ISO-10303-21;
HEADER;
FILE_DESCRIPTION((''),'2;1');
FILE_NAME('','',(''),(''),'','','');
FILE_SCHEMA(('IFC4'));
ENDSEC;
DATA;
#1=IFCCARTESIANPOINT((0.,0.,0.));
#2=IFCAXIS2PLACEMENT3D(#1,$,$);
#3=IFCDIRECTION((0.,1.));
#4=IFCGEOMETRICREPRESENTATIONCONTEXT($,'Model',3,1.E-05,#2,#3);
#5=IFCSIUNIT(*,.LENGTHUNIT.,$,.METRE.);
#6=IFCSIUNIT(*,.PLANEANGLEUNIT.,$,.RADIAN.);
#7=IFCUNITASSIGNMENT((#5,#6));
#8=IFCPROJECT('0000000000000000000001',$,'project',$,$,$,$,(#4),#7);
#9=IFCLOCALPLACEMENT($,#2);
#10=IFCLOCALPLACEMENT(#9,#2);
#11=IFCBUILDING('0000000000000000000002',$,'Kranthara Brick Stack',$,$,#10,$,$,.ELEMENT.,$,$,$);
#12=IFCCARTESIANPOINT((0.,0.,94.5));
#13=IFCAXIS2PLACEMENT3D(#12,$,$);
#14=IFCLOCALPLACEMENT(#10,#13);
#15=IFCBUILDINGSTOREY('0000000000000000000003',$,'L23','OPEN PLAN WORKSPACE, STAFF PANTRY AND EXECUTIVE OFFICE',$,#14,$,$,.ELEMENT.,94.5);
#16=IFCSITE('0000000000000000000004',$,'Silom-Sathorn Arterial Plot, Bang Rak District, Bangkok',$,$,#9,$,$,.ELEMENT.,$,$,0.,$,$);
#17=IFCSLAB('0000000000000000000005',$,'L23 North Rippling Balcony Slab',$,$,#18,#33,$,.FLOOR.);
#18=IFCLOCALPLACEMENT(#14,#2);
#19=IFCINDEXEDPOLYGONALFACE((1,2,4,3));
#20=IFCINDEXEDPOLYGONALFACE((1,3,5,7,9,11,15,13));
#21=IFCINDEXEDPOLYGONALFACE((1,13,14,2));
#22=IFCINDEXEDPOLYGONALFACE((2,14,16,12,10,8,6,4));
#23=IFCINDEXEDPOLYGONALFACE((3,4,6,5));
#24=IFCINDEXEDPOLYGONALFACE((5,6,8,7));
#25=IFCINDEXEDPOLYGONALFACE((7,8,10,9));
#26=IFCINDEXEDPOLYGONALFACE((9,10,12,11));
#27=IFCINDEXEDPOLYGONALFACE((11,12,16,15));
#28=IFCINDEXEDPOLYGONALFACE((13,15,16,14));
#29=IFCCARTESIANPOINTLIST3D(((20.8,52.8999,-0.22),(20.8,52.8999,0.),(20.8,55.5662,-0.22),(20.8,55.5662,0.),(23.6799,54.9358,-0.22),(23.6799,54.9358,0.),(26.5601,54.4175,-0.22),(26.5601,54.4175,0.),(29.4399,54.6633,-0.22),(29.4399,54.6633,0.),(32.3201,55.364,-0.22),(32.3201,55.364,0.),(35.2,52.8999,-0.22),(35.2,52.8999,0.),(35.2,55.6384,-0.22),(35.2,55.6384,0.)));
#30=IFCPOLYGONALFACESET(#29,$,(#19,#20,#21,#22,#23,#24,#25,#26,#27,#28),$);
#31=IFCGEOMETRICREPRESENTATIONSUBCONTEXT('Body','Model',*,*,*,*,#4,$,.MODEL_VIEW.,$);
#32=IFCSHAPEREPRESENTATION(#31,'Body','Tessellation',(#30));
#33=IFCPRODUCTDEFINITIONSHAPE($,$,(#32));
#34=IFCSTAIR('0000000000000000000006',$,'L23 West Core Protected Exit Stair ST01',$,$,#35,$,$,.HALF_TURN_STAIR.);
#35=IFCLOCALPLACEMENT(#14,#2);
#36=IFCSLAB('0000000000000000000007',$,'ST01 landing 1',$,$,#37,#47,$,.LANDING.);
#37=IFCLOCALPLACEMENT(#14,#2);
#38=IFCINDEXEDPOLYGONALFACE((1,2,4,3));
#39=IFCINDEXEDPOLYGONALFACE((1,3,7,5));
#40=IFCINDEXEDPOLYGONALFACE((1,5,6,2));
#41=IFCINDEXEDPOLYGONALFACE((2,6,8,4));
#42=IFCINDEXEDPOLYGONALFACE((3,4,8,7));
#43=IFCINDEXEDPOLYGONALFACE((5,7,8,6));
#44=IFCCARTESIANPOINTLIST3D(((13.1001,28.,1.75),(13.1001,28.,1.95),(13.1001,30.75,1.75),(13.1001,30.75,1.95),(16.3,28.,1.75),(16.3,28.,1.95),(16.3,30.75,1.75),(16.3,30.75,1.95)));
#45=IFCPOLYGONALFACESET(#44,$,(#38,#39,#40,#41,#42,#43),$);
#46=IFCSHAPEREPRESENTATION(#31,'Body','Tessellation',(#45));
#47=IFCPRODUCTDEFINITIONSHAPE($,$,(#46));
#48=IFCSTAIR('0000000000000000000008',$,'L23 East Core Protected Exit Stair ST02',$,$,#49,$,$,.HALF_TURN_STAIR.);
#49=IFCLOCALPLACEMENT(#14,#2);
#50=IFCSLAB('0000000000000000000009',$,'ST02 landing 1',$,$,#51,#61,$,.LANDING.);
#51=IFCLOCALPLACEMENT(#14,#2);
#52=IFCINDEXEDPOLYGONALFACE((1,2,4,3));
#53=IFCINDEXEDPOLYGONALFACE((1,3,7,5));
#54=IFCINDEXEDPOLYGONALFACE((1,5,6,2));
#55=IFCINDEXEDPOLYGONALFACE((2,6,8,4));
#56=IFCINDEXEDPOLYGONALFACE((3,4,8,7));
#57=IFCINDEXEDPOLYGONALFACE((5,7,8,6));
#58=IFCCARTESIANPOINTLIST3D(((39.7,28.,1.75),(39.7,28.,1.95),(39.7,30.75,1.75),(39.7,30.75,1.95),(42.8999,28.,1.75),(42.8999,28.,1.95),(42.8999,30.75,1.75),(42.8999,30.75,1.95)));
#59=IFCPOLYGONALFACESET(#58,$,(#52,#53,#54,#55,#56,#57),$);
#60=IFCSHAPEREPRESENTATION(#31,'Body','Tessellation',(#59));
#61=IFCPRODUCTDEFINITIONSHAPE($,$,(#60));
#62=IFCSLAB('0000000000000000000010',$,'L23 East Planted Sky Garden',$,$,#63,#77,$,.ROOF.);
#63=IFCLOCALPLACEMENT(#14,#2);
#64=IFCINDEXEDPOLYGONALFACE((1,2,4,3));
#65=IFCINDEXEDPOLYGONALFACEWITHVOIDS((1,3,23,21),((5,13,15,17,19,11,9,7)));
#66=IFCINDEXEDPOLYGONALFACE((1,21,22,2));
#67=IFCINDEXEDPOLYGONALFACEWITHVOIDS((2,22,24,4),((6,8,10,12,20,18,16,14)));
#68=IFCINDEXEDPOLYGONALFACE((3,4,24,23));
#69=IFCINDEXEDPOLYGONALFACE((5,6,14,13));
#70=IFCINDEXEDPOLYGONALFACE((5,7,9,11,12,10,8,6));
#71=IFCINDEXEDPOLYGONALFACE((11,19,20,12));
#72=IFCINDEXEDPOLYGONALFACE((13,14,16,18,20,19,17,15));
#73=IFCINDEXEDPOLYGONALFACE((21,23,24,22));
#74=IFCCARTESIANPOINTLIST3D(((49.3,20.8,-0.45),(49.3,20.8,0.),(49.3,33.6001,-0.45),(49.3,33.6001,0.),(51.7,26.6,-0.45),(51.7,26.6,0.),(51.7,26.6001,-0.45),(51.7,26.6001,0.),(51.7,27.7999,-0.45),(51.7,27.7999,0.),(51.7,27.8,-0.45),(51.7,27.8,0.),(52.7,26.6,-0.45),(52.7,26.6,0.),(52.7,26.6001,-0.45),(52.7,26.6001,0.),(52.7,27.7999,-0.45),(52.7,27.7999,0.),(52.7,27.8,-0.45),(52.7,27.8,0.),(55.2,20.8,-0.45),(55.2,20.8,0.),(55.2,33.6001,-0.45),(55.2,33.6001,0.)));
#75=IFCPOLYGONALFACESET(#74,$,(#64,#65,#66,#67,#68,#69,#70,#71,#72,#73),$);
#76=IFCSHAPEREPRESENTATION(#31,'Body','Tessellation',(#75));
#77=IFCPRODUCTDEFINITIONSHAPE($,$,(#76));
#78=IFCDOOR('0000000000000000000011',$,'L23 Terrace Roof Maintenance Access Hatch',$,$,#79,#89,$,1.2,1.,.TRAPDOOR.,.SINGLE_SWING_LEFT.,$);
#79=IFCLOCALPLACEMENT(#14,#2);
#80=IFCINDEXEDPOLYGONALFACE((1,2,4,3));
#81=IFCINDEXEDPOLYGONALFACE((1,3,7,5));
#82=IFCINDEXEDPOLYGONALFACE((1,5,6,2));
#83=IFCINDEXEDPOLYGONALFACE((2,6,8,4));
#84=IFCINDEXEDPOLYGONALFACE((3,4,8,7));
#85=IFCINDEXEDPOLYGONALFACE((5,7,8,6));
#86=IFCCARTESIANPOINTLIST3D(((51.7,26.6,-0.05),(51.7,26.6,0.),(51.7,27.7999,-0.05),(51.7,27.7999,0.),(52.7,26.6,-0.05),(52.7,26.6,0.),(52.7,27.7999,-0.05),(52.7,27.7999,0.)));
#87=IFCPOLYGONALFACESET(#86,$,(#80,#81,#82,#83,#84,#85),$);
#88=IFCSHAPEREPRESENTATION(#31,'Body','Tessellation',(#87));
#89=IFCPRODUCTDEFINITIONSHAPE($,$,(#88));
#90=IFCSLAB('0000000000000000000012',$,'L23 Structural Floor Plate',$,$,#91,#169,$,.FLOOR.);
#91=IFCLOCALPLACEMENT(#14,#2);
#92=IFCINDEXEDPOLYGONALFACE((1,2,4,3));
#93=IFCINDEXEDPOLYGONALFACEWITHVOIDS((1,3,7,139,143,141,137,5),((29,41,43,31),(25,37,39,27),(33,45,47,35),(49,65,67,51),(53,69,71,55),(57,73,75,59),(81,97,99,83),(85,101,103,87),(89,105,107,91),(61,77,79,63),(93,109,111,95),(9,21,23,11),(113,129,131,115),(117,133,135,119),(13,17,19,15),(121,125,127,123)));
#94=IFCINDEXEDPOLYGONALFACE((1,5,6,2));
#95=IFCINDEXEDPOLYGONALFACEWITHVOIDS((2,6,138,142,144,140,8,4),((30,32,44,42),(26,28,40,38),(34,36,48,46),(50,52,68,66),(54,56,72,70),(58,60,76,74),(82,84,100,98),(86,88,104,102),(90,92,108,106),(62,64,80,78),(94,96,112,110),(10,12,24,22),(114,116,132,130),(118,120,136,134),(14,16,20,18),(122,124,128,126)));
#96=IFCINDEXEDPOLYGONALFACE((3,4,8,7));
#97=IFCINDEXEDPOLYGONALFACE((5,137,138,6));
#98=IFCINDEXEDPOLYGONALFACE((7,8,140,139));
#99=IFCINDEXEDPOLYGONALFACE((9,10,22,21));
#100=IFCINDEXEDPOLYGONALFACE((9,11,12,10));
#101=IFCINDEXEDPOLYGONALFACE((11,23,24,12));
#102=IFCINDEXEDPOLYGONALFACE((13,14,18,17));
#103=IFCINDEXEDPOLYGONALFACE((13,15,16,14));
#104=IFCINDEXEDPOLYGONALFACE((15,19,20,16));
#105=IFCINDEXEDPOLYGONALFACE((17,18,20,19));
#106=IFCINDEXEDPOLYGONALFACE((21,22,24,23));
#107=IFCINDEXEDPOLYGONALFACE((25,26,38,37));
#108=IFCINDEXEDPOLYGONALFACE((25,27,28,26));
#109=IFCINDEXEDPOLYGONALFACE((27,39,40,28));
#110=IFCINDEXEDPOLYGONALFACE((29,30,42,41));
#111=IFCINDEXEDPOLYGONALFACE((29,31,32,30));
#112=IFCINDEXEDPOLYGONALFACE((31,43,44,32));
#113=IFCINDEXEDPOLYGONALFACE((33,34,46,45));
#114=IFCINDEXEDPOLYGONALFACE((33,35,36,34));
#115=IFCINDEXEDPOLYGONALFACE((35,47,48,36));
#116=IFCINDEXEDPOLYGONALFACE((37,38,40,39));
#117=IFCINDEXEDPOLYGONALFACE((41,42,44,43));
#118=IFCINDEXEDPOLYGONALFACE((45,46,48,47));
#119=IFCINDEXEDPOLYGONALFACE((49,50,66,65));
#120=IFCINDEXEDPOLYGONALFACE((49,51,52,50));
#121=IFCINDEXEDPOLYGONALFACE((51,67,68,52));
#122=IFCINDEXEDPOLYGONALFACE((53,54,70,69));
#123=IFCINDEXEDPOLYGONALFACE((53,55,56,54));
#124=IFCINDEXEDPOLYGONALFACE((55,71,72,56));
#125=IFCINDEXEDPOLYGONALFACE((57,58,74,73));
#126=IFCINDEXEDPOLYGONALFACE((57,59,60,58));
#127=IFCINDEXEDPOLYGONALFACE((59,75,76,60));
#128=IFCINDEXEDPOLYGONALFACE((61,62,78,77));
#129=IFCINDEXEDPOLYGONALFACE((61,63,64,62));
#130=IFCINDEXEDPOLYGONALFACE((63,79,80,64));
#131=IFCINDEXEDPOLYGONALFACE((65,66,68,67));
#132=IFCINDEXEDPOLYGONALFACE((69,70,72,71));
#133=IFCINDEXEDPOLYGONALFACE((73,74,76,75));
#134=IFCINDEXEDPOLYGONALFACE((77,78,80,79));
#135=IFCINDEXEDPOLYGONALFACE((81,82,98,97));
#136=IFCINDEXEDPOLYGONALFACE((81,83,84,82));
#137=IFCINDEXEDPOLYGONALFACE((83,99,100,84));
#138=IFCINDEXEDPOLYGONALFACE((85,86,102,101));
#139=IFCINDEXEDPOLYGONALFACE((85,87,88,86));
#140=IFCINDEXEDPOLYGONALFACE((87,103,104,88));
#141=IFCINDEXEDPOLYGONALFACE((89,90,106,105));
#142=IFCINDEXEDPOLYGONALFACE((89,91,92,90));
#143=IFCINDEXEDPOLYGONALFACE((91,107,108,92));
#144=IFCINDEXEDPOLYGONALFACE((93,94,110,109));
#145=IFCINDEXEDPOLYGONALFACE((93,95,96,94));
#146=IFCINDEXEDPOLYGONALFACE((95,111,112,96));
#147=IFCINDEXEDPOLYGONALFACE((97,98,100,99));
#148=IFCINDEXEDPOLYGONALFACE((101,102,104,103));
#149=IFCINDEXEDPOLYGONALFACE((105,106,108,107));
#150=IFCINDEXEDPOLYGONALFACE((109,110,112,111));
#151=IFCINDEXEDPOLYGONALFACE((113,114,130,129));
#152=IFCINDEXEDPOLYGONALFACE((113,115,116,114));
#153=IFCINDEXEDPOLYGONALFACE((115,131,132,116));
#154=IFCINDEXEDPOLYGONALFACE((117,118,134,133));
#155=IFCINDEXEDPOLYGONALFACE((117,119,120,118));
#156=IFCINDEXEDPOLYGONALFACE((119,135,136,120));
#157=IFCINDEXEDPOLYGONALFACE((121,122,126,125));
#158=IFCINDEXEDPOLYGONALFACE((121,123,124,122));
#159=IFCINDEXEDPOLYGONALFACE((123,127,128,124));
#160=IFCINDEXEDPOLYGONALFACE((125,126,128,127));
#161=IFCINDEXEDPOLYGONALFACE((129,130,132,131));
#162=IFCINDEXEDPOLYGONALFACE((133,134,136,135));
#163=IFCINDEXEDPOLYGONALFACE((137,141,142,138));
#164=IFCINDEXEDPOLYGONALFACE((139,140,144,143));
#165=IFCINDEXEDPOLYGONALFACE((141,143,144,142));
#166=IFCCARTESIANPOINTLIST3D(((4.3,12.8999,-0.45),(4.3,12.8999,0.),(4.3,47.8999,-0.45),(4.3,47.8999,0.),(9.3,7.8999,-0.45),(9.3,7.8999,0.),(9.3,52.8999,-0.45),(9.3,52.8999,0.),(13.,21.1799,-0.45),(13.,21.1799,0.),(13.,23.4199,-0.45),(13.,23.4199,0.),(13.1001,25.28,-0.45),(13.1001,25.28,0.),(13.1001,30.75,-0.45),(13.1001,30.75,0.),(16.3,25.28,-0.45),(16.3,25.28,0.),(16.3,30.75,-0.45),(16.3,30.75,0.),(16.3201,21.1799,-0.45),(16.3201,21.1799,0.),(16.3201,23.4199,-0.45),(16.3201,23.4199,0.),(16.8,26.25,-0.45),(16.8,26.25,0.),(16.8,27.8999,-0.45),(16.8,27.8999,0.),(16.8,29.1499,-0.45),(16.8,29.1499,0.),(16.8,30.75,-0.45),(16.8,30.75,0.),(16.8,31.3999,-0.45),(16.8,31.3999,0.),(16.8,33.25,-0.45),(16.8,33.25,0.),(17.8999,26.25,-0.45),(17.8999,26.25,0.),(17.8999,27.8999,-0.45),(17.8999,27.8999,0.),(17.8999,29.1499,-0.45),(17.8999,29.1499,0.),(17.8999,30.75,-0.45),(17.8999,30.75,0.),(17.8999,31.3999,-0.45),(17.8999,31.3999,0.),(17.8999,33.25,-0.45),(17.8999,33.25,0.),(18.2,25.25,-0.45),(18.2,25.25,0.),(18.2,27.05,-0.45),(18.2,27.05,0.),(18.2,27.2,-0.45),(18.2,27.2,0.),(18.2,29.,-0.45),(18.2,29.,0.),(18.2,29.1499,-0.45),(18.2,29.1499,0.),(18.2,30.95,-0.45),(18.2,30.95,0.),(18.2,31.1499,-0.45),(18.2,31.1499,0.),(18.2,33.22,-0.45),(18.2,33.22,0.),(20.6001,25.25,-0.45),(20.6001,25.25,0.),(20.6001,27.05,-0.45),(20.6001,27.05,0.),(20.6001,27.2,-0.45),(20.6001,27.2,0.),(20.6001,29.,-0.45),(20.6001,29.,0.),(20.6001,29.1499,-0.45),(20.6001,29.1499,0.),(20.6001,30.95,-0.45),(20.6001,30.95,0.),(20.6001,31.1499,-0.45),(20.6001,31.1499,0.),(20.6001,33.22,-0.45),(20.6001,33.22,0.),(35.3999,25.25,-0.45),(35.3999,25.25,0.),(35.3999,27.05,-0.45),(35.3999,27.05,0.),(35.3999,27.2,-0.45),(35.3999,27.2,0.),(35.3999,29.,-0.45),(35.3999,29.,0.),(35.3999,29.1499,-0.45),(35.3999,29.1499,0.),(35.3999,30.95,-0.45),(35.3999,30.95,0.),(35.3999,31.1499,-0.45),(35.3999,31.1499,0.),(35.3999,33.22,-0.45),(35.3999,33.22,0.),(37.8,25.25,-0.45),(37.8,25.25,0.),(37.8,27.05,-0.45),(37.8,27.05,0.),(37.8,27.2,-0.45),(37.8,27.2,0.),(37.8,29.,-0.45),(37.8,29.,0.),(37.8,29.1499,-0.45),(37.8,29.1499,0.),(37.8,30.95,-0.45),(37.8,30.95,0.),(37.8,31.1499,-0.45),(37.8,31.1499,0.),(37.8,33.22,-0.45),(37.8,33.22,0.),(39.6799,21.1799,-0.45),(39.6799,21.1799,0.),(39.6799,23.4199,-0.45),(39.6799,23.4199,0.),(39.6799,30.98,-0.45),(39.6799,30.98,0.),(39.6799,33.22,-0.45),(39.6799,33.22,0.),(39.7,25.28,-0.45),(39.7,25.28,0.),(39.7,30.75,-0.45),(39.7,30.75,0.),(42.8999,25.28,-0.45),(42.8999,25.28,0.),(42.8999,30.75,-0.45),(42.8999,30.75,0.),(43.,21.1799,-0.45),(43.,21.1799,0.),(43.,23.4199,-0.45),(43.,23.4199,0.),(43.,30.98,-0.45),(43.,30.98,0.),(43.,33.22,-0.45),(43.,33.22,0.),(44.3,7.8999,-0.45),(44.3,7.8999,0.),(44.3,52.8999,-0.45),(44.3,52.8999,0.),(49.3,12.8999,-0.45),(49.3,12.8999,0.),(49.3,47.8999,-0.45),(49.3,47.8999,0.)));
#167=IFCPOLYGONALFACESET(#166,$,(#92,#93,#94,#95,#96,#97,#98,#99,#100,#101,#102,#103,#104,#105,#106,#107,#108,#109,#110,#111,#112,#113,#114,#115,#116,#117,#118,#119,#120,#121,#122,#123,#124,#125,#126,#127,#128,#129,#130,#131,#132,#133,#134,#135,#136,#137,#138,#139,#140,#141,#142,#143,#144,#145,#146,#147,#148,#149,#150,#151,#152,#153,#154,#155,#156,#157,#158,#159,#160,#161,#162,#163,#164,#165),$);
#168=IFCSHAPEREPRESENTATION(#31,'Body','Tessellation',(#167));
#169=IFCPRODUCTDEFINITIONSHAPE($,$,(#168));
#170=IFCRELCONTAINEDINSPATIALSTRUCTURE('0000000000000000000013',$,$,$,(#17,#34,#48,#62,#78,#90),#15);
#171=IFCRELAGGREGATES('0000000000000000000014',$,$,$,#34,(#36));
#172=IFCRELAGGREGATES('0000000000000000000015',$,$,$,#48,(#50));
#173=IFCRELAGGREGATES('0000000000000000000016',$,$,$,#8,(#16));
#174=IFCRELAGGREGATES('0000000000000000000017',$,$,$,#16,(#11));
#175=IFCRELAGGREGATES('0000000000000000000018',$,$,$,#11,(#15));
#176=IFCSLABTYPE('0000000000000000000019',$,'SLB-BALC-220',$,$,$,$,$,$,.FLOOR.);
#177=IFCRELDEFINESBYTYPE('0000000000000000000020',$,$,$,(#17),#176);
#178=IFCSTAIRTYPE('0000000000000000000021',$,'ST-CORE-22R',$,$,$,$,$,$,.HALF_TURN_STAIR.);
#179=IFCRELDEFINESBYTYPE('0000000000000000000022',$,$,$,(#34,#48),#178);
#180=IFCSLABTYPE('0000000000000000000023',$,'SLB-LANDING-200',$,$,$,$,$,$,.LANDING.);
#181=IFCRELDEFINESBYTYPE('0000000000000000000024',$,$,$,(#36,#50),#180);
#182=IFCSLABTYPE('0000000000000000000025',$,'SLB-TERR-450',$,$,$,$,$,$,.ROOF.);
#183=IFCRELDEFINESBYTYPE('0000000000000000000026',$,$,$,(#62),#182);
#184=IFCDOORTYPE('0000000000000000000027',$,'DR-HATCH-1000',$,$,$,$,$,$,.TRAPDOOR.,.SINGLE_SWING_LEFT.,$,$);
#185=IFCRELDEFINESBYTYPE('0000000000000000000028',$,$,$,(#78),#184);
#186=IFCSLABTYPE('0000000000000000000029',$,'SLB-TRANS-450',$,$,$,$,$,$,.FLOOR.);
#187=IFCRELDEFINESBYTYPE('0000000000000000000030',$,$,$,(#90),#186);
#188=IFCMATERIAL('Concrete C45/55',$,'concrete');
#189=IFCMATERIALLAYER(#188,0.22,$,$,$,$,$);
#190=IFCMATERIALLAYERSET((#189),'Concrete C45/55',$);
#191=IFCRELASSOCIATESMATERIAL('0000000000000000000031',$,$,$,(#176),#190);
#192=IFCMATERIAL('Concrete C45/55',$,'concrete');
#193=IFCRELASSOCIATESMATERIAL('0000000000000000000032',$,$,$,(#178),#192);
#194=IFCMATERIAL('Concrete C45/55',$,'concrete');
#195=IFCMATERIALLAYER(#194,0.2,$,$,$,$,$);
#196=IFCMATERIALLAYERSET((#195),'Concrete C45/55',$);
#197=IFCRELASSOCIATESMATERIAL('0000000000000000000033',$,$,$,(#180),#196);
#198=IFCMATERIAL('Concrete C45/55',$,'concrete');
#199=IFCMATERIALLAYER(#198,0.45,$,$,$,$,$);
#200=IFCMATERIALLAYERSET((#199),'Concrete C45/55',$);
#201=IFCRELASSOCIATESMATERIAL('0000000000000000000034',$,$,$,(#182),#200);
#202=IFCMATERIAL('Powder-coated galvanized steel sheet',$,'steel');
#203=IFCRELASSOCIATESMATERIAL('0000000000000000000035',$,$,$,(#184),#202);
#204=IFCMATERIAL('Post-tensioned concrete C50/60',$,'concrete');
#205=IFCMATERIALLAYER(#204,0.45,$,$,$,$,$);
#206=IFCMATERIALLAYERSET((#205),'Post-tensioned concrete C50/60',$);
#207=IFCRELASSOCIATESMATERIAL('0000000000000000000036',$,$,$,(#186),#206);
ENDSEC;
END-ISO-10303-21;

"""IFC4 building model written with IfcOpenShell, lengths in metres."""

from ifc_helpers import new_model, si_unit, direction, frame, origin, origin_2d, place, context, subcontext, project, spatial, polyline, rectangle, outline, extrude, material, layer, layer_set, type_object, element, fill, aggregate, save


model = new_model("IFC4")

# Units and contexts
model_context = context("Model", 3, precision=1e-05, world=origin(), true_north=direction((0.0, 1.0)))
body_context = subcontext(model_context, "Body", "Model", "MODEL_VIEW")
ifc_project = project(units=[si_unit("LENGTHUNIT", "METRE"), si_unit("PLANEANGLEUNIT", "RADIAN")], contexts=[model_context])

# Site, building, storey
site_placement = place(None, origin())
site = spatial("IfcSite", under=ifc_project, at=site_placement, Name="Silom-Sathorn Arterial Plot, Bang Rak District, Bangkok", CompositionType="ELEMENT", RefElevation=0.0)
building_placement = place(site_placement, origin())
building = spatial("IfcBuilding", under=site, at=building_placement, Name="Kranthara Brick Stack", CompositionType="ELEMENT")
storey_placement = place(building_placement, frame((0.0, 0.0, 94.5)))
storey = spatial("IfcBuildingStorey", under=building, at=storey_placement, Name="L23", Description="OPEN PLAN WORKSPACE, STAFF PANTRY AND EXECUTIVE OFFICE", CompositionType="ELEMENT", Elevation=94.5)

# Slab
ifc_material_1 = material(Name="Concrete C45/55", Category="concrete")
ifc_layer_1 = layer(ifc_material_1, 0.22)
ifc_layer_set_1 = layer_set([ifc_layer_1], Name="Concrete C45/55")
slab_type_1 = type_object("IfcSlabType", Name="SLB-BALC-220", PredefinedType="FLOOR", material=ifc_layer_set_1)
slab_1_placement = place(storey_placement, frame((0.0, 0.0, -0.22)))
element("IfcSlab", 1, at=slab_1_placement, inside=storey, type_object=slab_type_1, Name="L23 North Rippling Balcony Slab", PredefinedType="FLOOR", context=body_context, shape_type="SweptSolid", body=[
    extrude(outline(polyline([(35.2, 52.8999), (20.8, 52.8999), (20.8, 55.5662), (23.6799, 54.9358), (26.5601, 54.4175), (29.4399, 54.6633), (32.3201, 55.364), (35.2, 55.6384), (35.2, 52.8999)])), origin(), (0.0, 0.0, 1.0), 0.22),
])

# Stairs, slabs
ifc_material_2 = material(Name="Concrete C45/55", Category="concrete")
stair_type = type_object("IfcStairType", Name="ST-CORE-22R", PredefinedType="HALF_TURN_STAIR", material=ifc_material_2)
stair_1_placement = place(storey_placement, origin())
stair_1 = element("IfcStair", 2, at=stair_1_placement, inside=storey, type_object=stair_type, Name="L23 West Core Protected Exit Stair ST01", PredefinedType="HALF_TURN_STAIR")
ifc_material_3 = material(Name="Concrete C45/55", Category="concrete")
ifc_layer_2 = layer(ifc_material_3, 0.2)
ifc_layer_set_2 = layer_set([ifc_layer_2], Name="Concrete C45/55")
slab_type_2 = type_object("IfcSlabType", Name="SLB-LANDING-200", PredefinedType="LANDING", material=ifc_layer_set_2)
slab_2_placement = place(storey_placement, frame((0.0, 0.0, 1.75)))
slab_2 = element("IfcSlab", 3, at=slab_2_placement, type_object=slab_type_2, Name="ST01 landing 1", PredefinedType="LANDING", context=body_context, shape_type="SweptSolid", body=[
    extrude(outline(polyline([(16.3, 28.0), (16.3, 30.75), (13.1001, 30.75), (13.1001, 28.0), (16.3, 28.0)])), origin(), (0.0, 0.0, 1.0), 0.2),
])
aggregate(stair_1, [slab_2])
stair_2_placement = place(storey_placement, origin())
stair_2 = element("IfcStair", 4, at=stair_2_placement, inside=storey, type_object=stair_type, Name="L23 East Core Protected Exit Stair ST02", PredefinedType="HALF_TURN_STAIR")
slab_3_placement = place(storey_placement, frame((0.0, 0.0, 1.75)))
slab_3 = element("IfcSlab", 5, at=slab_3_placement, type_object=slab_type_2, Name="ST02 landing 1", PredefinedType="LANDING", context=body_context, shape_type="SweptSolid", body=[
    extrude(outline(polyline([(42.8999, 28.0), (42.8999, 30.75), (39.7, 30.75), (39.7, 28.0), (42.8999, 28.0)])), origin(), (0.0, 0.0, 1.0), 0.2),
])
aggregate(stair_2, [slab_3])

# Slab, opening, door
ifc_material_4 = material(Name="Concrete C45/55", Category="concrete")
ifc_layer_3 = layer(ifc_material_4, 0.45)
ifc_layer_set_3 = layer_set([ifc_layer_3], Name="Concrete C45/55")
slab_type_3 = type_object("IfcSlabType", Name="SLB-TERR-450", PredefinedType="ROOF", material=ifc_layer_set_3)
slab_4_placement = place(storey_placement, frame((0.0, 0.0, -0.45)))
slab_4 = element("IfcSlab", 6, at=slab_4_placement, inside=storey, type_object=slab_type_3, Name="L23 East Planted Sky Garden", PredefinedType="ROOF", context=body_context, shape_type="SweptSolid", body=[
    extrude(outline(polyline([(49.3, 20.8), (55.2, 20.8), (55.2, 33.6001), (49.3, 33.6001), (49.3, 20.8)]), holes=[polyline([(51.7, 26.6001), (52.7, 26.6001), (52.7, 27.8), (51.7, 27.8), (51.7, 26.6001)])]), origin(), (0.0, 0.0, 1.0), 0.45),
])
opening_1_placement = place(slab_4_placement, frame((52.2, 27.2, 0.0)))
opening_1 = element("IfcOpeningElement", 7, at=opening_1_placement, cuts=slab_4, PredefinedType="OPENING", context=body_context, shape_type="SweptSolid", body=[
    extrude(rectangle(XDim=1.0, YDim=1.2, at=origin_2d()), origin(), (0.0, 0.0, 1.0), 0.45),
])
ifc_material_5 = material(Name="Powder-coated galvanized steel sheet", Category="steel")
door_type = type_object("IfcDoorType", Name="DR-HATCH-1000", OperationType="SINGLE_SWING_LEFT", PredefinedType="TRAPDOOR", material=ifc_material_5)
door_placement = place(opening_1_placement, frame((0.0, 0.0, 0.3999)))
door = element("IfcDoor", 8, at=door_placement, inside=storey, type_object=door_type, Name="L23 Terrace Roof Maintenance Access Hatch", OperationType="SINGLE_SWING_LEFT", OverallHeight=1.2, OverallWidth=1.0, PredefinedType="TRAPDOOR", context=body_context, shape_type="SweptSolid", body=[
    extrude(rectangle(XDim=1.0, YDim=1.2, at=origin_2d()), origin(), (0.0, 0.0, 1.0), 0.05),
])
fill(opening_1, door)

# Slab
ifc_material_6 = material(Name="Post-tensioned concrete C50/60", Category="concrete")
ifc_layer_4 = layer(ifc_material_6, 0.45)
ifc_layer_set_4 = layer_set([ifc_layer_4], Name="Post-tensioned concrete C50/60")
slab_type_4 = type_object("IfcSlabType", Name="SLB-TRANS-450", PredefinedType="FLOOR", material=ifc_layer_set_4)
slab_5_placement = place(storey_placement, frame((0.0, 0.0, -0.45)))
element("IfcSlab", 9, at=slab_5_placement, inside=storey, type_object=slab_type_4, Name="L23 Structural Floor Plate", PredefinedType="FLOOR", context=body_context, shape_type="SweptSolid", body=[
    extrude(outline(polyline([(9.3, 7.8999), (44.3, 7.8999), (49.3, 12.8999), (49.3, 47.8999), (44.3, 52.8999), (9.3, 52.8999), (4.3, 47.8999), (4.3, 12.8999), (9.3, 7.8999)]), holes=[polyline([(13.1001, 25.28), (16.3, 25.28), (16.3, 30.75), (13.1001, 30.75), (13.1001, 25.28)]), polyline([(39.7, 25.28), (42.8999, 25.28), (42.8999, 30.75), (39.7, 30.75), (39.7, 25.28)]), polyline([(13.0, 21.1799), (16.3201, 21.1799), (16.3201, 23.4199), (13.0, 23.4199), (13.0, 21.1799)]), polyline([(39.6799, 21.1799), (43.0, 21.1799), (43.0, 23.4199), (39.6799, 23.4199), (39.6799, 21.1799)]), polyline([(39.6799, 30.98), (43.0, 30.98), (43.0, 33.22), (39.6799, 33.22), (39.6799, 30.98)]), polyline([(18.2, 25.25), (20.6001, 25.25), (20.6001, 27.05), (18.2, 27.05), (18.2, 25.25)]), polyline([(18.2, 27.2), (20.6001, 27.2), (20.6001, 29.0), (18.2, 29.0), (18.2, 27.2)]), polyline([(18.2, 29.1499), (20.6001, 29.1499), (20.6001, 30.95), (18.2, 30.95), (18.2, 29.1499)]), polyline([(35.3999, 25.25), (37.8, 25.25), (37.8, 27.05), (35.3999, 27.05), (35.3999, 25.25)]), polyline([(35.3999, 27.2), (37.8, 27.2), (37.8, 29.0), (35.3999, 29.0), (35.3999, 27.2)]), polyline([(35.3999, 29.1499), (37.8, 29.1499), (37.8, 30.95), (35.3999, 30.95), (35.3999, 29.1499)]), polyline([(18.2, 31.1499), (20.6001, 31.1499), (20.6001, 33.22), (18.2, 33.22), (18.2, 31.1499)]), polyline([(35.3999, 31.1499), (37.8, 31.1499), (37.8, 33.22), (35.3999, 33.22), (35.3999, 31.1499)]), polyline([(16.8, 26.25), (17.8999, 26.25), (17.8999, 27.8999), (16.8, 27.8999), (16.8, 26.25)]), polyline([(16.8, 29.1499), (17.8999, 29.1499), (17.8999, 30.75), (16.8, 30.75), (16.8, 29.1499)]), polyline([(16.8, 31.3999), (17.8999, 31.3999), (17.8999, 33.25), (16.8, 33.25), (16.8, 31.3999)])]), origin(), (0.0, 0.0, 1.0), 0.45),
])

save(model, "model.ifc")
